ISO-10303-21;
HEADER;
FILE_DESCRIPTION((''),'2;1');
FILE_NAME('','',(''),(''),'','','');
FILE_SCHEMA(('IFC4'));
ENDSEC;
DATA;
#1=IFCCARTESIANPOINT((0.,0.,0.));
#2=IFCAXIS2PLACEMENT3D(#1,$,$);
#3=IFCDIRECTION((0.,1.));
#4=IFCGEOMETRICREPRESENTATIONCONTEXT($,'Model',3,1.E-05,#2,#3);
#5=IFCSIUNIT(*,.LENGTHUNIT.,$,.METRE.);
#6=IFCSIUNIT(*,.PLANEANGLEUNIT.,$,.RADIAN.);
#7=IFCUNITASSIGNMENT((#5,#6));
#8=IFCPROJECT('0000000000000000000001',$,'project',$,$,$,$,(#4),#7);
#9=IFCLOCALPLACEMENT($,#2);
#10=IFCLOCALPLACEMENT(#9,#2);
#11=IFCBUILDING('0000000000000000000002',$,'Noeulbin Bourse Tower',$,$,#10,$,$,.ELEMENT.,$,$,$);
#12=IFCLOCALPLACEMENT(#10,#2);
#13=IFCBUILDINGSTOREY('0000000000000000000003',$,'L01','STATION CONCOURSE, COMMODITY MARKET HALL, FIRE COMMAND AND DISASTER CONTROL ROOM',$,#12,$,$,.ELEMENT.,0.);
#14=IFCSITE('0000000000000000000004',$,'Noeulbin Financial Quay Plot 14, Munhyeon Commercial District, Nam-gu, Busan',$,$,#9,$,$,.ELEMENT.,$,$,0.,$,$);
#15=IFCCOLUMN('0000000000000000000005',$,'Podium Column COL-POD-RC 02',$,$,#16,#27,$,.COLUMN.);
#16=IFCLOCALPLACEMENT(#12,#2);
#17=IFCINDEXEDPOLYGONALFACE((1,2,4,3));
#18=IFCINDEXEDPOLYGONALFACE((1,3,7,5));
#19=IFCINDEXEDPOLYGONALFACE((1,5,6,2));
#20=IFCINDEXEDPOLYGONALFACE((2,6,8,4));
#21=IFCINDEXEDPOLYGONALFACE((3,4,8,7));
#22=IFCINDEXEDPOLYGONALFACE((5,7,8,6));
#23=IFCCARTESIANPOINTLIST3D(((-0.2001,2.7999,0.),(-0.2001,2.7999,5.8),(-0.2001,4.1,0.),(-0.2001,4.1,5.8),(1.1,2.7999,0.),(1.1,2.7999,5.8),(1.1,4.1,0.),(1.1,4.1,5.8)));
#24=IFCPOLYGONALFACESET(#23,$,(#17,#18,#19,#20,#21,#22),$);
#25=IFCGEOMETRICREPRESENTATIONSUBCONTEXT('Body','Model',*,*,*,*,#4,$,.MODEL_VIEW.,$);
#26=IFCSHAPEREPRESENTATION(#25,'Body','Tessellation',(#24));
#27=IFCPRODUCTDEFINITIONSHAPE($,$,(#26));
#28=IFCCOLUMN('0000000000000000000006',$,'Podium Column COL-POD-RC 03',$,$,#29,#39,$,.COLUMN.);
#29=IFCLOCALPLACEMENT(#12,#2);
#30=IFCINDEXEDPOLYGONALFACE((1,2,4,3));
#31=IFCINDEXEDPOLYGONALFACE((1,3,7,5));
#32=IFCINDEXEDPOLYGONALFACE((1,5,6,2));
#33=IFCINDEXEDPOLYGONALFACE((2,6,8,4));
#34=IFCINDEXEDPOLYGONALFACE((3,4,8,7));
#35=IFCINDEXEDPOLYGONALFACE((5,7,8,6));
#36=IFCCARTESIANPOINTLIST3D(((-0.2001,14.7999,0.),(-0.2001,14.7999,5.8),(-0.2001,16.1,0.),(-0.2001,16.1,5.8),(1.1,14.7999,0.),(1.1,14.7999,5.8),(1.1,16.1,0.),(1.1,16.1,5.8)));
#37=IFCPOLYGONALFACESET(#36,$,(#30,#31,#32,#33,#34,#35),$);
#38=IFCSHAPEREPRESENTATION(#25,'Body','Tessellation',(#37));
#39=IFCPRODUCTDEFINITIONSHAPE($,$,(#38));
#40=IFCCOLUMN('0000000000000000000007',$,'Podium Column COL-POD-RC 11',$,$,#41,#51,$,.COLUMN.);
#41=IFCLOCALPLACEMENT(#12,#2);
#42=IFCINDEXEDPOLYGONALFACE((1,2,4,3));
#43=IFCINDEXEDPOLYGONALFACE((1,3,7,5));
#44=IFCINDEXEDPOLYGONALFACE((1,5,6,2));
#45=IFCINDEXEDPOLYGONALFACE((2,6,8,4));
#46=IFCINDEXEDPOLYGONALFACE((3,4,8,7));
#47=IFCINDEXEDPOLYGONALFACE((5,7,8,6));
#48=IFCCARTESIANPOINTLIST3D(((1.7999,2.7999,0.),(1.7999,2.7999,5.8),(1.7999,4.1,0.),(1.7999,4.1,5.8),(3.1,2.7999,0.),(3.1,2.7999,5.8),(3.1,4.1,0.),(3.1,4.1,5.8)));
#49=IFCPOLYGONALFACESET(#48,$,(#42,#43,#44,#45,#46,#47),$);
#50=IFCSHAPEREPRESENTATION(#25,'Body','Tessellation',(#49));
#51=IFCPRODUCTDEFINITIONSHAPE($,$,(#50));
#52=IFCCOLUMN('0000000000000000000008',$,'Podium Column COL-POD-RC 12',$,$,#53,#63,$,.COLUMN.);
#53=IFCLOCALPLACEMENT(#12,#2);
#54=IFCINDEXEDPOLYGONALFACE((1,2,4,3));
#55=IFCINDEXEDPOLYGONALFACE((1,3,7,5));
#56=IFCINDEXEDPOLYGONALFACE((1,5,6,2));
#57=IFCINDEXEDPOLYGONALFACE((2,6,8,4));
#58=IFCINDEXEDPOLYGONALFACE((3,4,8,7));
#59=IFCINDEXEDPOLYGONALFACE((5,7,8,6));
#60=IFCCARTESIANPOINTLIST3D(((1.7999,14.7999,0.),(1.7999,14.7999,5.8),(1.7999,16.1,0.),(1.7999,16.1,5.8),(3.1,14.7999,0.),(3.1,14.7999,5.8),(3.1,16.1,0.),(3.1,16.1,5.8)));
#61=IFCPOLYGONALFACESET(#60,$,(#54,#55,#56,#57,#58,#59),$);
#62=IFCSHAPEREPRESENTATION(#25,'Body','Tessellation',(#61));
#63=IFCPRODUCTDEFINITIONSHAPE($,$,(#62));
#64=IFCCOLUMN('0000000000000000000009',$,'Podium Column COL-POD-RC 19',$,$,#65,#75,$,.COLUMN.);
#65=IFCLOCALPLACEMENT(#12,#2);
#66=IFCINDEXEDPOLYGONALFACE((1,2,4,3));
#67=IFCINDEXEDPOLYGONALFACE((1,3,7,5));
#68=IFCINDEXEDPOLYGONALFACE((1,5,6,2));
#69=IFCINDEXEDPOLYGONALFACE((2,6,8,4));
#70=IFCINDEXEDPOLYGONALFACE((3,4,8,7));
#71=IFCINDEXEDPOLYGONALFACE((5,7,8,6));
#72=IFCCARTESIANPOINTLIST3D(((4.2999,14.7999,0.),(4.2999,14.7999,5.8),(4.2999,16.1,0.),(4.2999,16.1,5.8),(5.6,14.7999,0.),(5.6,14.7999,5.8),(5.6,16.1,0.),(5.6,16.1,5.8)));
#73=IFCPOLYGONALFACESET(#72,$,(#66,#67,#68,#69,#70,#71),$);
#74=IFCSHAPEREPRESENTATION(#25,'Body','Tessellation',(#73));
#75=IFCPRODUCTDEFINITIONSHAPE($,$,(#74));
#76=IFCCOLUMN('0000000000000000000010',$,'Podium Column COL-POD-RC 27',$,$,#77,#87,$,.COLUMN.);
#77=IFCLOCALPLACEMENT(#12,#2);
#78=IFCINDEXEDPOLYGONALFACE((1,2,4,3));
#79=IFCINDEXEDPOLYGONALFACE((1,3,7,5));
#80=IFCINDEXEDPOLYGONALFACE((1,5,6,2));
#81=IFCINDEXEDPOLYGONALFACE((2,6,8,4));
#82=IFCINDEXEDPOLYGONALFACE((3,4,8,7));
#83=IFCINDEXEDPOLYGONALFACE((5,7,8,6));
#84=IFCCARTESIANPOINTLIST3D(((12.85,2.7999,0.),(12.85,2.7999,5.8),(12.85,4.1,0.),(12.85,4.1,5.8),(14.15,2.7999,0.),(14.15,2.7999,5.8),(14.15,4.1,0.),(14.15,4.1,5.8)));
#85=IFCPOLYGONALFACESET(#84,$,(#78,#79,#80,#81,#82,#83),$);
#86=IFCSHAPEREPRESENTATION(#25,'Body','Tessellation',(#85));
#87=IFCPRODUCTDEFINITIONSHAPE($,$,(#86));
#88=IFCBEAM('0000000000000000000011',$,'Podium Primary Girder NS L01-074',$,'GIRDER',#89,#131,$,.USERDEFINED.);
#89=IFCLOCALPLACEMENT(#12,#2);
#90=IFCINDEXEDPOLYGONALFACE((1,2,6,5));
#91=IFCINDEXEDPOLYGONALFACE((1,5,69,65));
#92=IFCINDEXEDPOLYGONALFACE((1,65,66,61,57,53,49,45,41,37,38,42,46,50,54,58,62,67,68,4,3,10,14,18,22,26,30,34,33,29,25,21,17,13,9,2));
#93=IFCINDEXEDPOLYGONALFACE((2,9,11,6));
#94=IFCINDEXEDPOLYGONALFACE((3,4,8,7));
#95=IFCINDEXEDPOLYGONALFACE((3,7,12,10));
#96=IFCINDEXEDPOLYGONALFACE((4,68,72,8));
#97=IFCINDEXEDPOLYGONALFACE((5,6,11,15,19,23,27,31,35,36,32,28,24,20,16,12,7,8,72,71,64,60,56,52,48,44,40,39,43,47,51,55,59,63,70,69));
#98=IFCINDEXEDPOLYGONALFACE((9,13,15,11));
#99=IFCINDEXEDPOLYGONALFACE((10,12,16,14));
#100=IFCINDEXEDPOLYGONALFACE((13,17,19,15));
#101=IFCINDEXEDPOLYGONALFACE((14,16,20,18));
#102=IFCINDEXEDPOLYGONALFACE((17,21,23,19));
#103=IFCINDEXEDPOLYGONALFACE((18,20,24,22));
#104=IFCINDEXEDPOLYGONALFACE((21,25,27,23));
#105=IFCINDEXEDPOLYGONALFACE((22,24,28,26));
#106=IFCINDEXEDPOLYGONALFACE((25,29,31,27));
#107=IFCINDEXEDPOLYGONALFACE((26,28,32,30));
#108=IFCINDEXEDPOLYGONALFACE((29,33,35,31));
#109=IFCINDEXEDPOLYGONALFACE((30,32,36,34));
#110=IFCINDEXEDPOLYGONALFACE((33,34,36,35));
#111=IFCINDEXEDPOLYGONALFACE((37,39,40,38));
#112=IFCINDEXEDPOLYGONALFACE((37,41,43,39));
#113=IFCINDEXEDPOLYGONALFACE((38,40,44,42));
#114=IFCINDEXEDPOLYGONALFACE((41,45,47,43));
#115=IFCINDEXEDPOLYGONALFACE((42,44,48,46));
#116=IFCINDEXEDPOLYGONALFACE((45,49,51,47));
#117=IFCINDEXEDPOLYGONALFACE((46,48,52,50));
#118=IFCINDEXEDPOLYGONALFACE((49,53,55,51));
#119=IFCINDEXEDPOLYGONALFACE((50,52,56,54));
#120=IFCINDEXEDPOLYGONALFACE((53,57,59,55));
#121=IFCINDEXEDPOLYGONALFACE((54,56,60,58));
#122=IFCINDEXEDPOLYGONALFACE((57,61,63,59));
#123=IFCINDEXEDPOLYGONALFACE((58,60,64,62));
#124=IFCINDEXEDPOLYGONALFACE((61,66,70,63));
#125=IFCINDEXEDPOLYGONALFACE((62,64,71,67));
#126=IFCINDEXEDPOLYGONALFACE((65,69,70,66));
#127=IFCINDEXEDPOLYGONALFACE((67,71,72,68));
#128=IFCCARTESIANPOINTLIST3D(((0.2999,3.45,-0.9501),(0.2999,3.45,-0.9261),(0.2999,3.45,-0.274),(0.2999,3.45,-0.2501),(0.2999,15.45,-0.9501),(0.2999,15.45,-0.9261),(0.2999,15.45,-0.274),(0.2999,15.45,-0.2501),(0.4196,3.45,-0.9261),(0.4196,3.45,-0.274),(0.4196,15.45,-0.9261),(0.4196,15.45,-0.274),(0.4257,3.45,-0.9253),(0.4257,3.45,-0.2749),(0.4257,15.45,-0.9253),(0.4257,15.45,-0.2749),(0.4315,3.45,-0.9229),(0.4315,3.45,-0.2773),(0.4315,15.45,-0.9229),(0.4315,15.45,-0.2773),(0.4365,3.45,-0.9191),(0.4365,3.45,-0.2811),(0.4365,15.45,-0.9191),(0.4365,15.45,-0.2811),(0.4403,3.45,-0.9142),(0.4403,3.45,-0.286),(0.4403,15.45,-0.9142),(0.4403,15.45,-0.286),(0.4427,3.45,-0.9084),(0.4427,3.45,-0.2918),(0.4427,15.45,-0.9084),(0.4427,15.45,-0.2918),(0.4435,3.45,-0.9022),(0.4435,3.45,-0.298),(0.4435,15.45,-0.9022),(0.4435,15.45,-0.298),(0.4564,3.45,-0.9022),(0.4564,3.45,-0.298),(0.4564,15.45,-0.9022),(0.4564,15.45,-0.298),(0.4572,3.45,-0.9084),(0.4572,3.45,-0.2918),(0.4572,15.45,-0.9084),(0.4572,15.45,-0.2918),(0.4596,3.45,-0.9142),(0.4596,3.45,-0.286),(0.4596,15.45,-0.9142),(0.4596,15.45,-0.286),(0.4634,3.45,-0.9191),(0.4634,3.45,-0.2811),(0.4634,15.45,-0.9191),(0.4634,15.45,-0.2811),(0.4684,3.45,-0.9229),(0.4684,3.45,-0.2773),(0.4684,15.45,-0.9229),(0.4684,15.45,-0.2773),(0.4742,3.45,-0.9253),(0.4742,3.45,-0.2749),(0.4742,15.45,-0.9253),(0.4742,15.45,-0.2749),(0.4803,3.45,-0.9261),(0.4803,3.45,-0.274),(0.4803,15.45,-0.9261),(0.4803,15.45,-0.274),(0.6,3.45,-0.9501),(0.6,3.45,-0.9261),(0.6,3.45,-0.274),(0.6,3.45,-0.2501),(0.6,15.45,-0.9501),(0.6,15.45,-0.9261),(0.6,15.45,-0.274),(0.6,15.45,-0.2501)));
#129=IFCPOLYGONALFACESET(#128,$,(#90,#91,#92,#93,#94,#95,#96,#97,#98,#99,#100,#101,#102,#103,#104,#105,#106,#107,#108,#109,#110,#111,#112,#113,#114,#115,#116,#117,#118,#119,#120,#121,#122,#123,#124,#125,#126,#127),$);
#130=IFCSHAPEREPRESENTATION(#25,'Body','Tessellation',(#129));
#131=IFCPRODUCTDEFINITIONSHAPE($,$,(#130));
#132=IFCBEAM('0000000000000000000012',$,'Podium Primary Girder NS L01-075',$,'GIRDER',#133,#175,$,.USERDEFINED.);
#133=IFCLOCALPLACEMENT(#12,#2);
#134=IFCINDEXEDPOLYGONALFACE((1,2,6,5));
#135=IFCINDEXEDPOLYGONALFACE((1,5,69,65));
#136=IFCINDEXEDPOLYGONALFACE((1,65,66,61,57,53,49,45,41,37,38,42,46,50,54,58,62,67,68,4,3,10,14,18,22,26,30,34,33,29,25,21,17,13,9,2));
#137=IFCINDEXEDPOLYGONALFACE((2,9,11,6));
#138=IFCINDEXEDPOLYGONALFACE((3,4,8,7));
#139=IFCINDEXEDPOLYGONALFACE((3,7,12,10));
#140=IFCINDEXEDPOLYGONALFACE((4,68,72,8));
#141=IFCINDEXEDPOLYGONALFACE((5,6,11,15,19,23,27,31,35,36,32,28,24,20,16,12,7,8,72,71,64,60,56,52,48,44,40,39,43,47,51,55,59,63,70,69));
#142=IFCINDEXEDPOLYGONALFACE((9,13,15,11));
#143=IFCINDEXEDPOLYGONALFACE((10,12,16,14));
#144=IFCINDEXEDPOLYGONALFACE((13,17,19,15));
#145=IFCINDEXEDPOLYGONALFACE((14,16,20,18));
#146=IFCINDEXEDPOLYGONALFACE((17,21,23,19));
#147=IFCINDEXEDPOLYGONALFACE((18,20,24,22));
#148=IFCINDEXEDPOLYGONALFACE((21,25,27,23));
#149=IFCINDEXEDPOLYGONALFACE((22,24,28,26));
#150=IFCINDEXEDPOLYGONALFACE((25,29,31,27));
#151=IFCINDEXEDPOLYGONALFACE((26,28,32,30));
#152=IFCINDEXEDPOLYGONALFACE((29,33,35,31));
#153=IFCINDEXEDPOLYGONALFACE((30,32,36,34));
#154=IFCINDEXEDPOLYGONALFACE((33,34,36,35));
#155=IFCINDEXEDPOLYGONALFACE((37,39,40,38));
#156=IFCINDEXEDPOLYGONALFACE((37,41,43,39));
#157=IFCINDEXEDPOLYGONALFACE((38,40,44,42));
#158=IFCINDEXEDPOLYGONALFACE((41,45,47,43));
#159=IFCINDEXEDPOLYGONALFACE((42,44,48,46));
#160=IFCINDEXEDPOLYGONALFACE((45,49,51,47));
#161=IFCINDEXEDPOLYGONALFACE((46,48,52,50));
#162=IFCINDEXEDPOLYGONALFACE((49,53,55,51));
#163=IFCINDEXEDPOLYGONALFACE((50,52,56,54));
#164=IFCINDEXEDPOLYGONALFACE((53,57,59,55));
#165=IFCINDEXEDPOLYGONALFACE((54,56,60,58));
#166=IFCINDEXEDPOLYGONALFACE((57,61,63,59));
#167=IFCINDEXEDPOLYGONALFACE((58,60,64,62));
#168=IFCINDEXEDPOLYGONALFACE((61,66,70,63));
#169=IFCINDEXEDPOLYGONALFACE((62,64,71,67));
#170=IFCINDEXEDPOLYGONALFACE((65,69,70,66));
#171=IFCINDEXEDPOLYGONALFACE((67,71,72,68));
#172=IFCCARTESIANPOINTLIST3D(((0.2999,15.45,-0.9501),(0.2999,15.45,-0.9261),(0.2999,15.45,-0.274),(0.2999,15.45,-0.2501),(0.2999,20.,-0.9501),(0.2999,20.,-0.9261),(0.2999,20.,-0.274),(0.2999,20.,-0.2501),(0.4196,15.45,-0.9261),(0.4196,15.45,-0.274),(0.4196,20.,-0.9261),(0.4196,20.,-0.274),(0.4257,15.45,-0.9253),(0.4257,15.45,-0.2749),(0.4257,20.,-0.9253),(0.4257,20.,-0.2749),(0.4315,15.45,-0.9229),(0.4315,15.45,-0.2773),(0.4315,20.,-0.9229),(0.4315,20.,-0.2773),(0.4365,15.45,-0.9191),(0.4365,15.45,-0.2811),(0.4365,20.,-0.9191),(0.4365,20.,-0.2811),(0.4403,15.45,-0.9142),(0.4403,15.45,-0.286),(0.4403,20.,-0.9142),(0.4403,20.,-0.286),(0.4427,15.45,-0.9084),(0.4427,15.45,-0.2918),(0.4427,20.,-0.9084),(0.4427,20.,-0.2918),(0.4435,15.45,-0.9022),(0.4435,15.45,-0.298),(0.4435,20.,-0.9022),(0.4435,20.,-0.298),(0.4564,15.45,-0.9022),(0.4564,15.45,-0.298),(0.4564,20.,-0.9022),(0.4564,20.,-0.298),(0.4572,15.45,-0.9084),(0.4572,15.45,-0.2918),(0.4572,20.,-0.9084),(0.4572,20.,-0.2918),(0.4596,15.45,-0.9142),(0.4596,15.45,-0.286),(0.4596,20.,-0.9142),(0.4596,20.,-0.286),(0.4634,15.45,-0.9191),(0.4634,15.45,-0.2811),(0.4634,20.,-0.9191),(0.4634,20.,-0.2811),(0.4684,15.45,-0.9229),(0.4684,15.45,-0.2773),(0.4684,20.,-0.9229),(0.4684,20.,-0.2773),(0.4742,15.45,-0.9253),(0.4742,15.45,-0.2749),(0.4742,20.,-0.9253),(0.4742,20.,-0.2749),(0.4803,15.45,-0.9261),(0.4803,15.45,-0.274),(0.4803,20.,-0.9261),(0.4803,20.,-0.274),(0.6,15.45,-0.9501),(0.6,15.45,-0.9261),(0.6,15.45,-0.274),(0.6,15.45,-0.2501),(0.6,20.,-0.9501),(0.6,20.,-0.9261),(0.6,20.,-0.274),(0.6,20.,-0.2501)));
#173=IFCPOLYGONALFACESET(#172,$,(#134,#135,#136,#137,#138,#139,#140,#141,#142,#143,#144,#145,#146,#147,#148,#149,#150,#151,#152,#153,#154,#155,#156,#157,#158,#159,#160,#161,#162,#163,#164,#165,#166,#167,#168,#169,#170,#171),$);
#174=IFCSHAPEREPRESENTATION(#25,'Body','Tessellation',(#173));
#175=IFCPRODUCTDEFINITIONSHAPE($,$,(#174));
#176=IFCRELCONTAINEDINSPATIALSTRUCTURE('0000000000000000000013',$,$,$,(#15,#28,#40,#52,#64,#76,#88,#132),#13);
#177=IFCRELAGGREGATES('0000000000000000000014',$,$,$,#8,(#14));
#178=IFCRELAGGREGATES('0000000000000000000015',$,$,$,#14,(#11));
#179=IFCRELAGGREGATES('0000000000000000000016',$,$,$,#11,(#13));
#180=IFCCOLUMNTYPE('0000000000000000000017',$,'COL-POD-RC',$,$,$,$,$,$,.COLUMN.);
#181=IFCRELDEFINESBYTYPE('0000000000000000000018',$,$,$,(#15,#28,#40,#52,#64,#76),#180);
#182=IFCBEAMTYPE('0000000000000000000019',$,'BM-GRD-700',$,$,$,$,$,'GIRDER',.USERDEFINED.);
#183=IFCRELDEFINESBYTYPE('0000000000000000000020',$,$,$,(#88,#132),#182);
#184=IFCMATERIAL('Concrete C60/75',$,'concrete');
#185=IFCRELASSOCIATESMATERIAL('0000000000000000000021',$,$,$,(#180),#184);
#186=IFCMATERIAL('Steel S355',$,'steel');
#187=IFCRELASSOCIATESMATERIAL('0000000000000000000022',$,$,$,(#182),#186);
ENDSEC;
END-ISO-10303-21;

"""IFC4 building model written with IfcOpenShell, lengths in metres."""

from ifc_helpers import new_model, si_unit, direction, frame, origin, origin_2d, place, context, subcontext, project, spatial, rectangle, i_section, extrude, material, material_profile, profile_set, type_object, element, save


model = new_model("IFC4")

# Units and contexts
model_context = context("Model", 3, precision=1e-05, world=origin(), true_north=direction((0.0, 1.0)))
body_context = subcontext(model_context, "Body", "Model", "MODEL_VIEW")
ifc_project = project(units=[si_unit("LENGTHUNIT", "METRE"), si_unit("PLANEANGLEUNIT", "RADIAN")], contexts=[model_context])

# Site, building, storey
site_placement = place(None, origin())
site = spatial("IfcSite", under=ifc_project, at=site_placement, Name="Noeulbin Financial Quay Plot 14, Munhyeon Commercial District, Nam-gu, Busan", CompositionType="ELEMENT", RefElevation=0.0)
building_placement = place(site_placement, origin())
building = spatial("IfcBuilding", under=site, at=building_placement, Name="Noeulbin Bourse Tower", CompositionType="ELEMENT")
storey_placement = place(building_placement, origin())
storey = spatial("IfcBuildingStorey", under=building, at=storey_placement, Name="L01", Description="STATION CONCOURSE, COMMODITY MARKET HALL, FIRE COMMAND AND DISASTER CONTROL ROOM", CompositionType="ELEMENT", Elevation=0.0)

# Columns
ifc_material_1 = material(Name="Concrete C60/75", Category="concrete")
ifc_material_profile_1 = material_profile(ifc_material_1, rectangle(XDim=1.3, YDim=1.3, at=origin_2d()), Name="RC-COL-1300x1300", Category="LoadBearing")
ifc_profile_set_1 = profile_set([ifc_material_profile_1], Name="Concrete C60/75")
column_type = type_object("IfcColumnType", Name="COL-POD-RC", PredefinedType="COLUMN", material=ifc_profile_set_1)
for number, where, z_axis, x_axis, name in (
    (1, (0.45, 3.45, 0.0), (0.0, 0.0, 1.0), (1.0, 0.0, 0.0), "Podium Column COL-POD-RC 02"),
    (2, (0.45, 15.45, 0.0), (0.0, 0.0, 1.0), (1.0, 0.0, 0.0), "Podium Column COL-POD-RC 03"),
    (3, (2.45, 3.45, 0.0), (0.0, 0.0, 1.0), (1.0, 0.0, 0.0), "Podium Column COL-POD-RC 11"),
    (4, (2.45, 15.45, 0.0), (0.0, 0.0, 1.0), (1.0, 0.0, 0.0), "Podium Column COL-POD-RC 12"),
    (5, (4.95, 15.45, 0.0), (0.0, 0.0, 1.0), (1.0, 0.0, 0.0), "Podium Column COL-POD-RC 19"),
    (6, (13.5, 3.45, 0.0), (0.0, 0.0, 1.0), (1.0, 0.0, 0.0), "Podium Column COL-POD-RC 27"),
):
    element("IfcColumn", number, at=place(storey_placement, frame(where, z_axis=z_axis, x_axis=x_axis)), inside=storey, type_object=column_type, Name=name, PredefinedType="COLUMN", context=body_context, shape_type="SweptSolid", body=[
        extrude(rectangle(XDim=1.3, YDim=1.3, at=origin_2d()), origin(), (0.0, 0.0, 1.0), 5.8),
    ])

# Beams
ifc_material_2 = material(Name="Steel S355", Category="steel")
ifc_material_profile_2 = material_profile(ifc_material_2, i_section(OverallWidth=0.3, OverallDepth=0.7, WebThickness=0.0129, FlangeThickness=0.0239, FilletRadius=0.0239, at=origin_2d()), Name="H-700x300x13x24", Category="LoadBearing")
ifc_profile_set_2 = profile_set([ifc_material_profile_2], Name="Steel S355")
beam_type_1 = type_object("IfcBeamType", Name="BM-GRD-700", ElementType="GIRDER", PredefinedType="USERDEFINED", material=ifc_profile_set_2)
beam_1_placement = place(storey_placement, frame((0.45, 3.45, -0.6001), z_axis=(0.0, 1.0, 0.0), x_axis=(-1.0, 0.0, 0.0)))
element("IfcBeam", 7, at=beam_1_placement, inside=storey, type_object=beam_type_1, Name="Podium Primary Girder NS L01-074", ObjectType="GIRDER", PredefinedType="USERDEFINED", context=body_context, shape_type="SweptSolid", body=[
    extrude(i_section(OverallWidth=0.3, OverallDepth=0.7, WebThickness=0.0129, FlangeThickness=0.0239, FilletRadius=0.0239, at=origin_2d()), origin(), (0.0, 0.0, 1.0), 12.0),
])
for number, where, z_axis, x_axis, name in (
    (8, (0.45, 15.45, -0.6001), (0.0, 1.0, 0.0), (-1.0, 0.0, 0.0), "Podium Primary Girder NS L01-075"),
):
    element("IfcBeam", number, at=place(storey_placement, frame(where, z_axis=z_axis, x_axis=x_axis)), inside=storey, type_object=beam_type_1, Name=name, ObjectType="GIRDER", PredefinedType="USERDEFINED", context=body_context, shape_type="SweptSolid", body=[
        extrude(i_section(OverallWidth=0.3, OverallDepth=0.7, WebThickness=0.0129, FlangeThickness=0.0239, FilletRadius=0.0239, at=origin_2d()), origin(), (0.0, 0.0, 1.0), 4.55),
    ])

save(model, "model.ifc")
